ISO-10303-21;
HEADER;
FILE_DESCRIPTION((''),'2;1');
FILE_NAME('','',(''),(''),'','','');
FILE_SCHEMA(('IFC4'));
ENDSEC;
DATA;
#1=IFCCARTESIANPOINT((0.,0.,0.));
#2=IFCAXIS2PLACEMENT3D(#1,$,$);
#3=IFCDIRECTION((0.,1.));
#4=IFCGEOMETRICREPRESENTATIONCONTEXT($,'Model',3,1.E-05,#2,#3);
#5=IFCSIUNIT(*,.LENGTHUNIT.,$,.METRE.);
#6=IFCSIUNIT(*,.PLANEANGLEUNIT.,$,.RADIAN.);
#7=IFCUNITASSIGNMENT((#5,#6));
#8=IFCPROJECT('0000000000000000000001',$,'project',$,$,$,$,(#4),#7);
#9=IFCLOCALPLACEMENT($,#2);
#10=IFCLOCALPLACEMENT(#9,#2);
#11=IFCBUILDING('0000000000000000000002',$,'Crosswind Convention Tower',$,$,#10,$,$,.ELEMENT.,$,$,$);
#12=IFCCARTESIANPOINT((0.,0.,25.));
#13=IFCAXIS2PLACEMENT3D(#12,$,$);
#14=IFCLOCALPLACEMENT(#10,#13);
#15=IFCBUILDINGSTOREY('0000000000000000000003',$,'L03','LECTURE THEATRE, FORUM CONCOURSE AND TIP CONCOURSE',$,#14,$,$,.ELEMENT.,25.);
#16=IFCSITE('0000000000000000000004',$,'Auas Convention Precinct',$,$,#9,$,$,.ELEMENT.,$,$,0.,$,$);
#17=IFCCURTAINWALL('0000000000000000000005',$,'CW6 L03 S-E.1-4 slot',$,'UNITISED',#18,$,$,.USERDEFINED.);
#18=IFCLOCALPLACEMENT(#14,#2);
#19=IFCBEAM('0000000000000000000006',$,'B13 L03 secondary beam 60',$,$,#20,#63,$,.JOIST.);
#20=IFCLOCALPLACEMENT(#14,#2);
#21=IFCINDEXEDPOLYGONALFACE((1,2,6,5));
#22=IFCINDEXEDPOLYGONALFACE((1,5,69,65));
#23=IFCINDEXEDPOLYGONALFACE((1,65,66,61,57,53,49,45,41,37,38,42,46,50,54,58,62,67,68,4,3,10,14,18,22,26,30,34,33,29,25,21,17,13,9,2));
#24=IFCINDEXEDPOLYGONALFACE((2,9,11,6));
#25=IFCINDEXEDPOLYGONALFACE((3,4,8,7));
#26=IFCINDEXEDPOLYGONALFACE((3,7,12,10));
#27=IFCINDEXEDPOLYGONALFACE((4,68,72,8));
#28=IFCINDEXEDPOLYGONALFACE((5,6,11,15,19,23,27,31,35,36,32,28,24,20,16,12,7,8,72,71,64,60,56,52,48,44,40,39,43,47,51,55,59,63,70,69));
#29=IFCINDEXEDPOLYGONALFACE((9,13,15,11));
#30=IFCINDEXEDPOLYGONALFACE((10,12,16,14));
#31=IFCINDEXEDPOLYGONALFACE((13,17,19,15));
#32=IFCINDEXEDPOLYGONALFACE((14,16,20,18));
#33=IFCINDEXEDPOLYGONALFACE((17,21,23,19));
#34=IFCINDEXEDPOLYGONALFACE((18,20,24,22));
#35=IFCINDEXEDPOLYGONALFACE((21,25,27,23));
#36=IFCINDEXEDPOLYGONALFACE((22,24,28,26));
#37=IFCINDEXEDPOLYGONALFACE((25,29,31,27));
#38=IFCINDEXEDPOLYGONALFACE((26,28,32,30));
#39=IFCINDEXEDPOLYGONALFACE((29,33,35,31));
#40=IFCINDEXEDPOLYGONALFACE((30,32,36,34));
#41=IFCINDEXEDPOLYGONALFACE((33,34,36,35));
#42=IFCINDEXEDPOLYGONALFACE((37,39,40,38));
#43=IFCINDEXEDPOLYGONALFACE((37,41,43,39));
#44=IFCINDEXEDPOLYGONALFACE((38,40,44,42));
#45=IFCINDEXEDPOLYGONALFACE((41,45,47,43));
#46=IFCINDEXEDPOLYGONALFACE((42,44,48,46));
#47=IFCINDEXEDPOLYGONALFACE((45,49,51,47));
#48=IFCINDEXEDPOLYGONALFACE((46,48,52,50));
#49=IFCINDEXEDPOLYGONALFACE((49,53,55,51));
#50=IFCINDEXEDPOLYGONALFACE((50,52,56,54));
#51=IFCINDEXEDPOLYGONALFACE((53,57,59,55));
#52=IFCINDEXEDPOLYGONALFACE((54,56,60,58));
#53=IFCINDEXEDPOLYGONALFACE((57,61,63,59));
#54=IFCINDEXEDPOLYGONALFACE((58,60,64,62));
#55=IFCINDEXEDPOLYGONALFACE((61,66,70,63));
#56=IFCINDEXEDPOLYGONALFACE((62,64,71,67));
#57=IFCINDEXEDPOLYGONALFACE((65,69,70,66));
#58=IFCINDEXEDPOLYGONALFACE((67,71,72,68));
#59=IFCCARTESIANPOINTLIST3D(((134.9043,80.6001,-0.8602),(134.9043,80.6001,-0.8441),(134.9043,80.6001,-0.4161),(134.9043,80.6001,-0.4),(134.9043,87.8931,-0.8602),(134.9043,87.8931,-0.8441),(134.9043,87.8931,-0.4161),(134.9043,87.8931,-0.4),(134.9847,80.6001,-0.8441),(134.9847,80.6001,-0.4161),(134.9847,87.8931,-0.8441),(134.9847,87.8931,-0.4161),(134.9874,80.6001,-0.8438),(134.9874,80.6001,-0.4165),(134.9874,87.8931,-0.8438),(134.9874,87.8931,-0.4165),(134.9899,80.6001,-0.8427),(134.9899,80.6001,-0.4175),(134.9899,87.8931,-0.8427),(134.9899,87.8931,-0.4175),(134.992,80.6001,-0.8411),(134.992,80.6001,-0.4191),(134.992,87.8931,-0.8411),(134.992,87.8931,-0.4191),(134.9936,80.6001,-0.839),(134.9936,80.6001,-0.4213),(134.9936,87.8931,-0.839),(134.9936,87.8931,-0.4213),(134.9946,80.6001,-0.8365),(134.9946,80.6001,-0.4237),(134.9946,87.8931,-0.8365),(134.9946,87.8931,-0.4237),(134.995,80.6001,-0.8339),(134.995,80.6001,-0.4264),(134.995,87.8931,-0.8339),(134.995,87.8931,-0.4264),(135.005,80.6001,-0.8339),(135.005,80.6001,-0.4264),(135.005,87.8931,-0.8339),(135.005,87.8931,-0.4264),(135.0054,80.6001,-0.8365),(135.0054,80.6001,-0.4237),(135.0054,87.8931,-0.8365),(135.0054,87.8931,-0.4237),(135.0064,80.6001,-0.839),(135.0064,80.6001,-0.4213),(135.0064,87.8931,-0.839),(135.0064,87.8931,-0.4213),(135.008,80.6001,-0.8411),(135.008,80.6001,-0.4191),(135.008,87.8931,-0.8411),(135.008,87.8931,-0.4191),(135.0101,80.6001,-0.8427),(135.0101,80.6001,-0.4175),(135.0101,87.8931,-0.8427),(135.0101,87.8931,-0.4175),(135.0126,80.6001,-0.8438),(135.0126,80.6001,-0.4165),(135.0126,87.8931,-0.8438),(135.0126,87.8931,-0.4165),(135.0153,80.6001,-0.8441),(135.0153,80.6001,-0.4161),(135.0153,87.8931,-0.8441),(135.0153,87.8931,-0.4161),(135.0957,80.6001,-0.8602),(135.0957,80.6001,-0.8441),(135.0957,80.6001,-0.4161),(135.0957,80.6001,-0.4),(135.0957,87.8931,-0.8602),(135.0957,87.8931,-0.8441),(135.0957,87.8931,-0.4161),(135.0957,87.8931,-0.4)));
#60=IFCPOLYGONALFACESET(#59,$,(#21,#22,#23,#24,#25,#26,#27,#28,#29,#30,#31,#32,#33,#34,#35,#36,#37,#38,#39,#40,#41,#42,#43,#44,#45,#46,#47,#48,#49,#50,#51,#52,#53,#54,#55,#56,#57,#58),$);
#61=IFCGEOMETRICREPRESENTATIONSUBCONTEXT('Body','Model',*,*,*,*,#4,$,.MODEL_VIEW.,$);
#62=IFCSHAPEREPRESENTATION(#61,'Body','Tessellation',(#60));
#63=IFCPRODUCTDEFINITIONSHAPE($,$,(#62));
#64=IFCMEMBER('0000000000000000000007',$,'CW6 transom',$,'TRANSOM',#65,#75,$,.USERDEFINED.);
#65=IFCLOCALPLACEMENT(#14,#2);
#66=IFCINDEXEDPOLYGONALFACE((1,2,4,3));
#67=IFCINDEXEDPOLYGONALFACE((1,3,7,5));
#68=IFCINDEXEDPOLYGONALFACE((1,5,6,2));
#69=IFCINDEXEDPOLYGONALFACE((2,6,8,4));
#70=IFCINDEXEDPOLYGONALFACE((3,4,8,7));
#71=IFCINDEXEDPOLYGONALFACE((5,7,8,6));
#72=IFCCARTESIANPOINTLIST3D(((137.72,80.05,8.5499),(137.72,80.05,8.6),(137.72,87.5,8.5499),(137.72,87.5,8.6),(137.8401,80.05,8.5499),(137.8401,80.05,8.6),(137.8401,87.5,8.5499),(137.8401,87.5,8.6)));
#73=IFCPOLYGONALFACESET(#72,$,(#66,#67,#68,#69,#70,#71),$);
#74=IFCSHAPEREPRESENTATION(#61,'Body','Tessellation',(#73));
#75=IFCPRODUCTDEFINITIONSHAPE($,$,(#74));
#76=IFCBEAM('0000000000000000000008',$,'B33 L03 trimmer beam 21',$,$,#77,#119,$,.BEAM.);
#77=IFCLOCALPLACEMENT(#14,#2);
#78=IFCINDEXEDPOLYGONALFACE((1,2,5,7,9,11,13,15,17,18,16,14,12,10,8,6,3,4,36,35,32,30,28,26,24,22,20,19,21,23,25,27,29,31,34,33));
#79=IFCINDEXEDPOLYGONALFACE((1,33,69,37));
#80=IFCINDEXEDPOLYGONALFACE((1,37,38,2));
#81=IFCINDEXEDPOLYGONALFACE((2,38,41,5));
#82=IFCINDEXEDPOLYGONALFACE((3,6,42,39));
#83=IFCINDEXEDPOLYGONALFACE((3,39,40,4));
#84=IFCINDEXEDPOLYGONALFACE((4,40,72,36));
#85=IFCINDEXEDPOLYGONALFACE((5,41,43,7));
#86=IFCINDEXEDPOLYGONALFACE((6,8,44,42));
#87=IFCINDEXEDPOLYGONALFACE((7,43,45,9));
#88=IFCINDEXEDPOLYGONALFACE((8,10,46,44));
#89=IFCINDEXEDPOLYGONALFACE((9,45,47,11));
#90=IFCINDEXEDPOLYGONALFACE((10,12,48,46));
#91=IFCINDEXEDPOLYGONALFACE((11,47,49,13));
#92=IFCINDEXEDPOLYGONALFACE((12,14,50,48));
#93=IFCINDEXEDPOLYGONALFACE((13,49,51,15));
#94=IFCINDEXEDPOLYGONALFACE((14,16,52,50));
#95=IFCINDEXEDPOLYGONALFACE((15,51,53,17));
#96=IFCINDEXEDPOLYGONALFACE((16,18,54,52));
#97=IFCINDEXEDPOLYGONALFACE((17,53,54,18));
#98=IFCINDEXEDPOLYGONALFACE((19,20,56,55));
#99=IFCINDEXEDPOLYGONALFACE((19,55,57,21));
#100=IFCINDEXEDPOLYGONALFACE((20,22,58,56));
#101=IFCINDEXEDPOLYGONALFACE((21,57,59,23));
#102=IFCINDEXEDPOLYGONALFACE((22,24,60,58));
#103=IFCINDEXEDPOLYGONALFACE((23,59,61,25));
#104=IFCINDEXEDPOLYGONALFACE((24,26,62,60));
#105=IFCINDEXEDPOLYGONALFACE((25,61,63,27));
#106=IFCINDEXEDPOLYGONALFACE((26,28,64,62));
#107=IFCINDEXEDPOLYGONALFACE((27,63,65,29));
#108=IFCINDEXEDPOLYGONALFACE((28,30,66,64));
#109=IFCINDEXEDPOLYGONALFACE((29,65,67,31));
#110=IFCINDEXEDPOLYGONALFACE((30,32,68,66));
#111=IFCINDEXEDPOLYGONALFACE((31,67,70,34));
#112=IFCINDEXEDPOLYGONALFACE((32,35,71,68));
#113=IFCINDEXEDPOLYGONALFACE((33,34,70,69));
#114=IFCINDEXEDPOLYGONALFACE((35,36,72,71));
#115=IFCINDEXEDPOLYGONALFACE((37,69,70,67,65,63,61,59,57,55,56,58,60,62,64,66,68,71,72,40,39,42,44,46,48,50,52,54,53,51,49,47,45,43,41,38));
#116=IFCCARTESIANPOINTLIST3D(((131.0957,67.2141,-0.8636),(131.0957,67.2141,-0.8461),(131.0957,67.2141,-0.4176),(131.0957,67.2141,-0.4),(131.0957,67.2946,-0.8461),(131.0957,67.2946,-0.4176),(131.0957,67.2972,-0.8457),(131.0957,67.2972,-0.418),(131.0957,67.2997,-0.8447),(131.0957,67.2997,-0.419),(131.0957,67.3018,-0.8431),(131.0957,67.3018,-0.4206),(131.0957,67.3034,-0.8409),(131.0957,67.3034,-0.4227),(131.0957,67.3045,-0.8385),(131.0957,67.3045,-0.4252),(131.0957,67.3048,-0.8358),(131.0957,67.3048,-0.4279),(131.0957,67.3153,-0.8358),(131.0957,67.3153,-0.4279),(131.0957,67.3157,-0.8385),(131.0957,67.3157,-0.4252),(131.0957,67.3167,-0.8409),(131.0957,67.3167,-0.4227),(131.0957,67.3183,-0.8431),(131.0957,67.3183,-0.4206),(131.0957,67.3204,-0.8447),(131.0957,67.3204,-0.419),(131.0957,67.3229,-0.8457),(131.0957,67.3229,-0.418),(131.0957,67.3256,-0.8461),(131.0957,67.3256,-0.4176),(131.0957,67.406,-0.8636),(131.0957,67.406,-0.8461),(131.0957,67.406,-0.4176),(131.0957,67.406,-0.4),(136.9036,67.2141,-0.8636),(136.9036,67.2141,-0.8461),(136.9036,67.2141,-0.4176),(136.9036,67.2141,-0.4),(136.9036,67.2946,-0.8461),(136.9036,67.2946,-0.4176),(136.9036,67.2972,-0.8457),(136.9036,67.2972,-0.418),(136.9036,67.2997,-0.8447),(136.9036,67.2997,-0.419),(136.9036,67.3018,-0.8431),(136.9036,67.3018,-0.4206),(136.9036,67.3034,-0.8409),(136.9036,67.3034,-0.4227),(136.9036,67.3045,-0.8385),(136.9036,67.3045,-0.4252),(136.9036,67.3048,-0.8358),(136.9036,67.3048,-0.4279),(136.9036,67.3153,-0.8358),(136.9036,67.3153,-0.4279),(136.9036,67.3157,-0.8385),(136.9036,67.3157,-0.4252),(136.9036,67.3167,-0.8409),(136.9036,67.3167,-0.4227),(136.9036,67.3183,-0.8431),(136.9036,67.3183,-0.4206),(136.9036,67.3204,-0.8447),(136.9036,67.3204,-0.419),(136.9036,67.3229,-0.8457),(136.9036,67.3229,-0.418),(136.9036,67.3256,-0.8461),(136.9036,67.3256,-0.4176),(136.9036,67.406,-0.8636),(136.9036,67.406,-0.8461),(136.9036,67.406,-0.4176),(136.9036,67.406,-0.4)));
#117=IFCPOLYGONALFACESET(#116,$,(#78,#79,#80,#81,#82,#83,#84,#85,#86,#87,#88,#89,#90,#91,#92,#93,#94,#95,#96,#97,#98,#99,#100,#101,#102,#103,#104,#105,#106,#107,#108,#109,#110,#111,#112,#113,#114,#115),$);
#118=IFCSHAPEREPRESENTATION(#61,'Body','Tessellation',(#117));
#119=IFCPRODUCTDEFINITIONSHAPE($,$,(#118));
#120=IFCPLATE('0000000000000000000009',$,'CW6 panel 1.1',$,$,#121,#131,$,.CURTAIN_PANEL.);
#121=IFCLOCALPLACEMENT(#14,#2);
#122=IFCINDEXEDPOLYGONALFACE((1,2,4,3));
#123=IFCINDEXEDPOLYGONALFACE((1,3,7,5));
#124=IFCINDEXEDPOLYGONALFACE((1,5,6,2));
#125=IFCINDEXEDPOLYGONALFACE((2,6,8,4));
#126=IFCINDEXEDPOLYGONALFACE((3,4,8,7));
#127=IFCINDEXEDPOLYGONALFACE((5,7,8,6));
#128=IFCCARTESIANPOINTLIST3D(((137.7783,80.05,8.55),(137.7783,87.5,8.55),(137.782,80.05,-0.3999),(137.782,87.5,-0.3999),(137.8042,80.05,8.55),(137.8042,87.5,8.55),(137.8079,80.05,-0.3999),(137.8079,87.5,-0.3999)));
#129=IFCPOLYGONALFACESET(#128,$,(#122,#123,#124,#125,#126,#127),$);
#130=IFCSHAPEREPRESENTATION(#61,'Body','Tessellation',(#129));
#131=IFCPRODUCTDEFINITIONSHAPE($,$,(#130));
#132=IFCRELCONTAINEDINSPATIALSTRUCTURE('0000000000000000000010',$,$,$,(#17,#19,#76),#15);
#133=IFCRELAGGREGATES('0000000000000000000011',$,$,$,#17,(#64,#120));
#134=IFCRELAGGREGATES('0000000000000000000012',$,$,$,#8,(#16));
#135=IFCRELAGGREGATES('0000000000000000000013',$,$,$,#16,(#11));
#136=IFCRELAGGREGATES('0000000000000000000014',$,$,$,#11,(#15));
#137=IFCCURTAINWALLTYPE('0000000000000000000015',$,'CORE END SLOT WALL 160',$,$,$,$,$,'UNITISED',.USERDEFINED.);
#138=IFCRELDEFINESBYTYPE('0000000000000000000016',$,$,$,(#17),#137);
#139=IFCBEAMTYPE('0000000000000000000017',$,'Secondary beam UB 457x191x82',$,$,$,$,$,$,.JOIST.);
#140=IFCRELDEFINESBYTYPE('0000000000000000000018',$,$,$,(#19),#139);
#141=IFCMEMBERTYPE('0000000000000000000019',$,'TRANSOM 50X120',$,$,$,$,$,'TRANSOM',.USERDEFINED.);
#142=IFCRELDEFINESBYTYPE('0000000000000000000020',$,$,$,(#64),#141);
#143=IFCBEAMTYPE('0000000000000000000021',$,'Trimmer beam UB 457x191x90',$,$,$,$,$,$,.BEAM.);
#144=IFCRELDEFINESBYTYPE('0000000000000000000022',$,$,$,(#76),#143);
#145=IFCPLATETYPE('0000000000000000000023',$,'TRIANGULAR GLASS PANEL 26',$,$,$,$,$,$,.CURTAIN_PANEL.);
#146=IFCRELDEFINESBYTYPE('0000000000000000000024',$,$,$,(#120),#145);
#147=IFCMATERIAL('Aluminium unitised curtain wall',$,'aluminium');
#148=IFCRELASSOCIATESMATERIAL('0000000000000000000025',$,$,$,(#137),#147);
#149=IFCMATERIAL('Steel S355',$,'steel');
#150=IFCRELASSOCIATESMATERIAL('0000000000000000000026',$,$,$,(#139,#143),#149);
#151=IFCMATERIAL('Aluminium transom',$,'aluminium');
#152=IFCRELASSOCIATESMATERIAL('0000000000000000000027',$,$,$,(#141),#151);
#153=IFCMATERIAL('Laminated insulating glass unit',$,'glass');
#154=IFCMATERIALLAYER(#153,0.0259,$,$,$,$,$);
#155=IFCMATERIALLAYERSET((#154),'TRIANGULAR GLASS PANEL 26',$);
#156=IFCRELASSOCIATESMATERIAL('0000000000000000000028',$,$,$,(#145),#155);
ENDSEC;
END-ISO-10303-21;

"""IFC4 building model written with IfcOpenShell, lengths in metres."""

from ifc_helpers import new_model, si_unit, direction, frame, origin, origin_2d, place, context, subcontext, project, spatial, polyline, rectangle, i_section, outline, extrude, material, layer, layer_set, material_profile, profile_set, type_object, element, aggregate, save


model = new_model("IFC4")

# Units and contexts
model_context = context("Model", 3, precision=1e-05, world=origin(), true_north=direction((0.0, 1.0)))
body_context = subcontext(model_context, "Body", "Model", "MODEL_VIEW")
ifc_project = project(units=[si_unit("LENGTHUNIT", "METRE"), si_unit("PLANEANGLEUNIT", "RADIAN")], contexts=[model_context])

# Site, building, storey
site_placement = place(None, origin())
site = spatial("IfcSite", under=ifc_project, at=site_placement, Name="Auas Convention Precinct", CompositionType="ELEMENT", RefElevation=0.0)
building_placement = place(site_placement, origin())
building = spatial("IfcBuilding", under=site, at=building_placement, Name="Crosswind Convention Tower", CompositionType="ELEMENT")
storey_placement = place(building_placement, frame((0.0, 0.0, 25.0)))
storey = spatial("IfcBuildingStorey", under=building, at=storey_placement, Name="L03", Description="LECTURE THEATRE, FORUM CONCOURSE AND TIP CONCOURSE", CompositionType="ELEMENT", Elevation=25.0)

# Shared definitions
ifc_material_1 = material(Name="Steel S355", Category="steel")

# Curtain wall
ifc_material_2 = material(Name="Aluminium unitised curtain wall", Category="aluminium")
curtain_wall_type = type_object("IfcCurtainWallType", Name="CORE END SLOT WALL 160", ElementType="UNITISED", PredefinedType="USERDEFINED", material=ifc_material_2)
curtain_wall_placement = place(storey_placement, origin())
curtain_wall = element("IfcCurtainWall", 1, at=curtain_wall_placement, inside=storey, type_object=curtain_wall_type, Name="CW6 L03 S-E.1-4 slot", ObjectType="UNITISED", PredefinedType="USERDEFINED")

# Beam
ifc_material_profile_1 = material_profile(ifc_material_1, i_section(OverallWidth=0.1914, OverallDepth=0.4602, WebThickness=0.01, FlangeThickness=0.0161, FilletRadius=0.0103, at=origin_2d()), Name="UB 457x191x82")
ifc_profile_set_1 = profile_set([ifc_material_profile_1], Name="Steel S355")
beam_type_1 = type_object("IfcBeamType", Name="Secondary beam UB 457x191x82", PredefinedType="JOIST", material=ifc_profile_set_1)
beam_1_placement = place(storey_placement, frame((135.0, 80.6001, -0.6301), z_axis=(0.0, 1.0, 0.0), x_axis=(-1.0, 0.0, 0.0)))
element("IfcBeam", 2, at=beam_1_placement, inside=storey, type_object=beam_type_1, Name="B13 L03 secondary beam 60", PredefinedType="JOIST", context=body_context, shape_type="SweptSolid", body=[
    extrude(i_section(OverallWidth=0.1914, OverallDepth=0.4602, WebThickness=0.01, FlangeThickness=0.0161, FilletRadius=0.0103, at=origin_2d()), origin(), (0.0, 0.0, 1.0), 7.293),
])

# Member
ifc_material_3 = material(Name="Aluminium transom", Category="aluminium")
ifc_material_profile_2 = material_profile(ifc_material_3, rectangle(XDim=0.1201, YDim=0.05, at=origin_2d()), Name="AL 120X50")
ifc_profile_set_2 = profile_set([ifc_material_profile_2], Name="Aluminium transom")
member_type_1 = type_object("IfcMemberType", Name="TRANSOM 50X120", ElementType="TRANSOM", PredefinedType="USERDEFINED", material=ifc_profile_set_2)
member_1_placement = place(storey_placement, frame((137.78, 80.05, 8.575), z_axis=(0.0, 1.0, 0.0), x_axis=(-1.0, 0.0, 0.0)))
member_1 = element("IfcMember", 3, at=member_1_placement, type_object=member_type_1, Name="CW6 transom", ObjectType="TRANSOM", PredefinedType="USERDEFINED", context=body_context, shape_type="SweptSolid", body=[
    extrude(rectangle(XDim=0.1201, YDim=0.05, at=origin_2d()), origin(), (0.0, 0.0, 1.0), 7.45),
])

# Beam
ifc_material_profile_3 = material_profile(ifc_material_1, i_section(OverallWidth=0.1919, OverallDepth=0.4636, WebThickness=0.0105, FlangeThickness=0.0176, FilletRadius=0.0103, at=origin_2d()), Name="UB 457x191x90")
ifc_profile_set_3 = profile_set([ifc_material_profile_3], Name="Steel S355")
beam_type_2 = type_object("IfcBeamType", Name="Trimmer beam UB 457x191x90", PredefinedType="BEAM", material=ifc_profile_set_3)
beam_2_placement = place(storey_placement, frame((131.0957, 67.3101, -0.6318), z_axis=(1.0, 0.0, 0.0), x_axis=(0.0, 1.0, 0.0)))
element("IfcBeam", 4, at=beam_2_placement, inside=storey, type_object=beam_type_2, Name="B33 L03 trimmer beam 21", PredefinedType="BEAM", context=body_context, shape_type="SweptSolid", body=[
    extrude(i_section(OverallWidth=0.1919, OverallDepth=0.4636, WebThickness=0.0105, FlangeThickness=0.0176, FilletRadius=0.0103, at=origin_2d()), origin(), (0.0, 0.0, 1.0), 5.8079),
])

# Plate
ifc_material_4 = material(Name="Laminated insulating glass unit", Category="glass")
ifc_layer = layer(ifc_material_4, 0.0259)
ifc_layer_set = layer_set([ifc_layer], Name="TRIANGULAR GLASS PANEL 26")
plate_type = type_object("IfcPlateType", Name="TRIANGULAR GLASS PANEL 26", PredefinedType="CURTAIN_PANEL", material=ifc_layer_set)
plate_placement = place(storey_placement, frame((137.8079, 80.05, -0.3999), z_axis=(1.0, 0.0, 0.000409), x_axis=(0.0, 1.0, 0.0)))
plate = element("IfcPlate", 5, at=plate_placement, type_object=plate_type, Name="CW6 panel 1.1", PredefinedType="CURTAIN_PANEL", context=body_context, shape_type="SweptSolid", body=[
    extrude(outline(polyline([(0.0, 0.0), (7.45, 0.0), (7.45, 8.95), (0.0, 8.95), (0.0, 0.0)])), origin(), (0.0, 0.0, -1.0), 0.0259),
])
aggregate(curtain_wall, [member_1, plate])

save(model, "model.ifc")
